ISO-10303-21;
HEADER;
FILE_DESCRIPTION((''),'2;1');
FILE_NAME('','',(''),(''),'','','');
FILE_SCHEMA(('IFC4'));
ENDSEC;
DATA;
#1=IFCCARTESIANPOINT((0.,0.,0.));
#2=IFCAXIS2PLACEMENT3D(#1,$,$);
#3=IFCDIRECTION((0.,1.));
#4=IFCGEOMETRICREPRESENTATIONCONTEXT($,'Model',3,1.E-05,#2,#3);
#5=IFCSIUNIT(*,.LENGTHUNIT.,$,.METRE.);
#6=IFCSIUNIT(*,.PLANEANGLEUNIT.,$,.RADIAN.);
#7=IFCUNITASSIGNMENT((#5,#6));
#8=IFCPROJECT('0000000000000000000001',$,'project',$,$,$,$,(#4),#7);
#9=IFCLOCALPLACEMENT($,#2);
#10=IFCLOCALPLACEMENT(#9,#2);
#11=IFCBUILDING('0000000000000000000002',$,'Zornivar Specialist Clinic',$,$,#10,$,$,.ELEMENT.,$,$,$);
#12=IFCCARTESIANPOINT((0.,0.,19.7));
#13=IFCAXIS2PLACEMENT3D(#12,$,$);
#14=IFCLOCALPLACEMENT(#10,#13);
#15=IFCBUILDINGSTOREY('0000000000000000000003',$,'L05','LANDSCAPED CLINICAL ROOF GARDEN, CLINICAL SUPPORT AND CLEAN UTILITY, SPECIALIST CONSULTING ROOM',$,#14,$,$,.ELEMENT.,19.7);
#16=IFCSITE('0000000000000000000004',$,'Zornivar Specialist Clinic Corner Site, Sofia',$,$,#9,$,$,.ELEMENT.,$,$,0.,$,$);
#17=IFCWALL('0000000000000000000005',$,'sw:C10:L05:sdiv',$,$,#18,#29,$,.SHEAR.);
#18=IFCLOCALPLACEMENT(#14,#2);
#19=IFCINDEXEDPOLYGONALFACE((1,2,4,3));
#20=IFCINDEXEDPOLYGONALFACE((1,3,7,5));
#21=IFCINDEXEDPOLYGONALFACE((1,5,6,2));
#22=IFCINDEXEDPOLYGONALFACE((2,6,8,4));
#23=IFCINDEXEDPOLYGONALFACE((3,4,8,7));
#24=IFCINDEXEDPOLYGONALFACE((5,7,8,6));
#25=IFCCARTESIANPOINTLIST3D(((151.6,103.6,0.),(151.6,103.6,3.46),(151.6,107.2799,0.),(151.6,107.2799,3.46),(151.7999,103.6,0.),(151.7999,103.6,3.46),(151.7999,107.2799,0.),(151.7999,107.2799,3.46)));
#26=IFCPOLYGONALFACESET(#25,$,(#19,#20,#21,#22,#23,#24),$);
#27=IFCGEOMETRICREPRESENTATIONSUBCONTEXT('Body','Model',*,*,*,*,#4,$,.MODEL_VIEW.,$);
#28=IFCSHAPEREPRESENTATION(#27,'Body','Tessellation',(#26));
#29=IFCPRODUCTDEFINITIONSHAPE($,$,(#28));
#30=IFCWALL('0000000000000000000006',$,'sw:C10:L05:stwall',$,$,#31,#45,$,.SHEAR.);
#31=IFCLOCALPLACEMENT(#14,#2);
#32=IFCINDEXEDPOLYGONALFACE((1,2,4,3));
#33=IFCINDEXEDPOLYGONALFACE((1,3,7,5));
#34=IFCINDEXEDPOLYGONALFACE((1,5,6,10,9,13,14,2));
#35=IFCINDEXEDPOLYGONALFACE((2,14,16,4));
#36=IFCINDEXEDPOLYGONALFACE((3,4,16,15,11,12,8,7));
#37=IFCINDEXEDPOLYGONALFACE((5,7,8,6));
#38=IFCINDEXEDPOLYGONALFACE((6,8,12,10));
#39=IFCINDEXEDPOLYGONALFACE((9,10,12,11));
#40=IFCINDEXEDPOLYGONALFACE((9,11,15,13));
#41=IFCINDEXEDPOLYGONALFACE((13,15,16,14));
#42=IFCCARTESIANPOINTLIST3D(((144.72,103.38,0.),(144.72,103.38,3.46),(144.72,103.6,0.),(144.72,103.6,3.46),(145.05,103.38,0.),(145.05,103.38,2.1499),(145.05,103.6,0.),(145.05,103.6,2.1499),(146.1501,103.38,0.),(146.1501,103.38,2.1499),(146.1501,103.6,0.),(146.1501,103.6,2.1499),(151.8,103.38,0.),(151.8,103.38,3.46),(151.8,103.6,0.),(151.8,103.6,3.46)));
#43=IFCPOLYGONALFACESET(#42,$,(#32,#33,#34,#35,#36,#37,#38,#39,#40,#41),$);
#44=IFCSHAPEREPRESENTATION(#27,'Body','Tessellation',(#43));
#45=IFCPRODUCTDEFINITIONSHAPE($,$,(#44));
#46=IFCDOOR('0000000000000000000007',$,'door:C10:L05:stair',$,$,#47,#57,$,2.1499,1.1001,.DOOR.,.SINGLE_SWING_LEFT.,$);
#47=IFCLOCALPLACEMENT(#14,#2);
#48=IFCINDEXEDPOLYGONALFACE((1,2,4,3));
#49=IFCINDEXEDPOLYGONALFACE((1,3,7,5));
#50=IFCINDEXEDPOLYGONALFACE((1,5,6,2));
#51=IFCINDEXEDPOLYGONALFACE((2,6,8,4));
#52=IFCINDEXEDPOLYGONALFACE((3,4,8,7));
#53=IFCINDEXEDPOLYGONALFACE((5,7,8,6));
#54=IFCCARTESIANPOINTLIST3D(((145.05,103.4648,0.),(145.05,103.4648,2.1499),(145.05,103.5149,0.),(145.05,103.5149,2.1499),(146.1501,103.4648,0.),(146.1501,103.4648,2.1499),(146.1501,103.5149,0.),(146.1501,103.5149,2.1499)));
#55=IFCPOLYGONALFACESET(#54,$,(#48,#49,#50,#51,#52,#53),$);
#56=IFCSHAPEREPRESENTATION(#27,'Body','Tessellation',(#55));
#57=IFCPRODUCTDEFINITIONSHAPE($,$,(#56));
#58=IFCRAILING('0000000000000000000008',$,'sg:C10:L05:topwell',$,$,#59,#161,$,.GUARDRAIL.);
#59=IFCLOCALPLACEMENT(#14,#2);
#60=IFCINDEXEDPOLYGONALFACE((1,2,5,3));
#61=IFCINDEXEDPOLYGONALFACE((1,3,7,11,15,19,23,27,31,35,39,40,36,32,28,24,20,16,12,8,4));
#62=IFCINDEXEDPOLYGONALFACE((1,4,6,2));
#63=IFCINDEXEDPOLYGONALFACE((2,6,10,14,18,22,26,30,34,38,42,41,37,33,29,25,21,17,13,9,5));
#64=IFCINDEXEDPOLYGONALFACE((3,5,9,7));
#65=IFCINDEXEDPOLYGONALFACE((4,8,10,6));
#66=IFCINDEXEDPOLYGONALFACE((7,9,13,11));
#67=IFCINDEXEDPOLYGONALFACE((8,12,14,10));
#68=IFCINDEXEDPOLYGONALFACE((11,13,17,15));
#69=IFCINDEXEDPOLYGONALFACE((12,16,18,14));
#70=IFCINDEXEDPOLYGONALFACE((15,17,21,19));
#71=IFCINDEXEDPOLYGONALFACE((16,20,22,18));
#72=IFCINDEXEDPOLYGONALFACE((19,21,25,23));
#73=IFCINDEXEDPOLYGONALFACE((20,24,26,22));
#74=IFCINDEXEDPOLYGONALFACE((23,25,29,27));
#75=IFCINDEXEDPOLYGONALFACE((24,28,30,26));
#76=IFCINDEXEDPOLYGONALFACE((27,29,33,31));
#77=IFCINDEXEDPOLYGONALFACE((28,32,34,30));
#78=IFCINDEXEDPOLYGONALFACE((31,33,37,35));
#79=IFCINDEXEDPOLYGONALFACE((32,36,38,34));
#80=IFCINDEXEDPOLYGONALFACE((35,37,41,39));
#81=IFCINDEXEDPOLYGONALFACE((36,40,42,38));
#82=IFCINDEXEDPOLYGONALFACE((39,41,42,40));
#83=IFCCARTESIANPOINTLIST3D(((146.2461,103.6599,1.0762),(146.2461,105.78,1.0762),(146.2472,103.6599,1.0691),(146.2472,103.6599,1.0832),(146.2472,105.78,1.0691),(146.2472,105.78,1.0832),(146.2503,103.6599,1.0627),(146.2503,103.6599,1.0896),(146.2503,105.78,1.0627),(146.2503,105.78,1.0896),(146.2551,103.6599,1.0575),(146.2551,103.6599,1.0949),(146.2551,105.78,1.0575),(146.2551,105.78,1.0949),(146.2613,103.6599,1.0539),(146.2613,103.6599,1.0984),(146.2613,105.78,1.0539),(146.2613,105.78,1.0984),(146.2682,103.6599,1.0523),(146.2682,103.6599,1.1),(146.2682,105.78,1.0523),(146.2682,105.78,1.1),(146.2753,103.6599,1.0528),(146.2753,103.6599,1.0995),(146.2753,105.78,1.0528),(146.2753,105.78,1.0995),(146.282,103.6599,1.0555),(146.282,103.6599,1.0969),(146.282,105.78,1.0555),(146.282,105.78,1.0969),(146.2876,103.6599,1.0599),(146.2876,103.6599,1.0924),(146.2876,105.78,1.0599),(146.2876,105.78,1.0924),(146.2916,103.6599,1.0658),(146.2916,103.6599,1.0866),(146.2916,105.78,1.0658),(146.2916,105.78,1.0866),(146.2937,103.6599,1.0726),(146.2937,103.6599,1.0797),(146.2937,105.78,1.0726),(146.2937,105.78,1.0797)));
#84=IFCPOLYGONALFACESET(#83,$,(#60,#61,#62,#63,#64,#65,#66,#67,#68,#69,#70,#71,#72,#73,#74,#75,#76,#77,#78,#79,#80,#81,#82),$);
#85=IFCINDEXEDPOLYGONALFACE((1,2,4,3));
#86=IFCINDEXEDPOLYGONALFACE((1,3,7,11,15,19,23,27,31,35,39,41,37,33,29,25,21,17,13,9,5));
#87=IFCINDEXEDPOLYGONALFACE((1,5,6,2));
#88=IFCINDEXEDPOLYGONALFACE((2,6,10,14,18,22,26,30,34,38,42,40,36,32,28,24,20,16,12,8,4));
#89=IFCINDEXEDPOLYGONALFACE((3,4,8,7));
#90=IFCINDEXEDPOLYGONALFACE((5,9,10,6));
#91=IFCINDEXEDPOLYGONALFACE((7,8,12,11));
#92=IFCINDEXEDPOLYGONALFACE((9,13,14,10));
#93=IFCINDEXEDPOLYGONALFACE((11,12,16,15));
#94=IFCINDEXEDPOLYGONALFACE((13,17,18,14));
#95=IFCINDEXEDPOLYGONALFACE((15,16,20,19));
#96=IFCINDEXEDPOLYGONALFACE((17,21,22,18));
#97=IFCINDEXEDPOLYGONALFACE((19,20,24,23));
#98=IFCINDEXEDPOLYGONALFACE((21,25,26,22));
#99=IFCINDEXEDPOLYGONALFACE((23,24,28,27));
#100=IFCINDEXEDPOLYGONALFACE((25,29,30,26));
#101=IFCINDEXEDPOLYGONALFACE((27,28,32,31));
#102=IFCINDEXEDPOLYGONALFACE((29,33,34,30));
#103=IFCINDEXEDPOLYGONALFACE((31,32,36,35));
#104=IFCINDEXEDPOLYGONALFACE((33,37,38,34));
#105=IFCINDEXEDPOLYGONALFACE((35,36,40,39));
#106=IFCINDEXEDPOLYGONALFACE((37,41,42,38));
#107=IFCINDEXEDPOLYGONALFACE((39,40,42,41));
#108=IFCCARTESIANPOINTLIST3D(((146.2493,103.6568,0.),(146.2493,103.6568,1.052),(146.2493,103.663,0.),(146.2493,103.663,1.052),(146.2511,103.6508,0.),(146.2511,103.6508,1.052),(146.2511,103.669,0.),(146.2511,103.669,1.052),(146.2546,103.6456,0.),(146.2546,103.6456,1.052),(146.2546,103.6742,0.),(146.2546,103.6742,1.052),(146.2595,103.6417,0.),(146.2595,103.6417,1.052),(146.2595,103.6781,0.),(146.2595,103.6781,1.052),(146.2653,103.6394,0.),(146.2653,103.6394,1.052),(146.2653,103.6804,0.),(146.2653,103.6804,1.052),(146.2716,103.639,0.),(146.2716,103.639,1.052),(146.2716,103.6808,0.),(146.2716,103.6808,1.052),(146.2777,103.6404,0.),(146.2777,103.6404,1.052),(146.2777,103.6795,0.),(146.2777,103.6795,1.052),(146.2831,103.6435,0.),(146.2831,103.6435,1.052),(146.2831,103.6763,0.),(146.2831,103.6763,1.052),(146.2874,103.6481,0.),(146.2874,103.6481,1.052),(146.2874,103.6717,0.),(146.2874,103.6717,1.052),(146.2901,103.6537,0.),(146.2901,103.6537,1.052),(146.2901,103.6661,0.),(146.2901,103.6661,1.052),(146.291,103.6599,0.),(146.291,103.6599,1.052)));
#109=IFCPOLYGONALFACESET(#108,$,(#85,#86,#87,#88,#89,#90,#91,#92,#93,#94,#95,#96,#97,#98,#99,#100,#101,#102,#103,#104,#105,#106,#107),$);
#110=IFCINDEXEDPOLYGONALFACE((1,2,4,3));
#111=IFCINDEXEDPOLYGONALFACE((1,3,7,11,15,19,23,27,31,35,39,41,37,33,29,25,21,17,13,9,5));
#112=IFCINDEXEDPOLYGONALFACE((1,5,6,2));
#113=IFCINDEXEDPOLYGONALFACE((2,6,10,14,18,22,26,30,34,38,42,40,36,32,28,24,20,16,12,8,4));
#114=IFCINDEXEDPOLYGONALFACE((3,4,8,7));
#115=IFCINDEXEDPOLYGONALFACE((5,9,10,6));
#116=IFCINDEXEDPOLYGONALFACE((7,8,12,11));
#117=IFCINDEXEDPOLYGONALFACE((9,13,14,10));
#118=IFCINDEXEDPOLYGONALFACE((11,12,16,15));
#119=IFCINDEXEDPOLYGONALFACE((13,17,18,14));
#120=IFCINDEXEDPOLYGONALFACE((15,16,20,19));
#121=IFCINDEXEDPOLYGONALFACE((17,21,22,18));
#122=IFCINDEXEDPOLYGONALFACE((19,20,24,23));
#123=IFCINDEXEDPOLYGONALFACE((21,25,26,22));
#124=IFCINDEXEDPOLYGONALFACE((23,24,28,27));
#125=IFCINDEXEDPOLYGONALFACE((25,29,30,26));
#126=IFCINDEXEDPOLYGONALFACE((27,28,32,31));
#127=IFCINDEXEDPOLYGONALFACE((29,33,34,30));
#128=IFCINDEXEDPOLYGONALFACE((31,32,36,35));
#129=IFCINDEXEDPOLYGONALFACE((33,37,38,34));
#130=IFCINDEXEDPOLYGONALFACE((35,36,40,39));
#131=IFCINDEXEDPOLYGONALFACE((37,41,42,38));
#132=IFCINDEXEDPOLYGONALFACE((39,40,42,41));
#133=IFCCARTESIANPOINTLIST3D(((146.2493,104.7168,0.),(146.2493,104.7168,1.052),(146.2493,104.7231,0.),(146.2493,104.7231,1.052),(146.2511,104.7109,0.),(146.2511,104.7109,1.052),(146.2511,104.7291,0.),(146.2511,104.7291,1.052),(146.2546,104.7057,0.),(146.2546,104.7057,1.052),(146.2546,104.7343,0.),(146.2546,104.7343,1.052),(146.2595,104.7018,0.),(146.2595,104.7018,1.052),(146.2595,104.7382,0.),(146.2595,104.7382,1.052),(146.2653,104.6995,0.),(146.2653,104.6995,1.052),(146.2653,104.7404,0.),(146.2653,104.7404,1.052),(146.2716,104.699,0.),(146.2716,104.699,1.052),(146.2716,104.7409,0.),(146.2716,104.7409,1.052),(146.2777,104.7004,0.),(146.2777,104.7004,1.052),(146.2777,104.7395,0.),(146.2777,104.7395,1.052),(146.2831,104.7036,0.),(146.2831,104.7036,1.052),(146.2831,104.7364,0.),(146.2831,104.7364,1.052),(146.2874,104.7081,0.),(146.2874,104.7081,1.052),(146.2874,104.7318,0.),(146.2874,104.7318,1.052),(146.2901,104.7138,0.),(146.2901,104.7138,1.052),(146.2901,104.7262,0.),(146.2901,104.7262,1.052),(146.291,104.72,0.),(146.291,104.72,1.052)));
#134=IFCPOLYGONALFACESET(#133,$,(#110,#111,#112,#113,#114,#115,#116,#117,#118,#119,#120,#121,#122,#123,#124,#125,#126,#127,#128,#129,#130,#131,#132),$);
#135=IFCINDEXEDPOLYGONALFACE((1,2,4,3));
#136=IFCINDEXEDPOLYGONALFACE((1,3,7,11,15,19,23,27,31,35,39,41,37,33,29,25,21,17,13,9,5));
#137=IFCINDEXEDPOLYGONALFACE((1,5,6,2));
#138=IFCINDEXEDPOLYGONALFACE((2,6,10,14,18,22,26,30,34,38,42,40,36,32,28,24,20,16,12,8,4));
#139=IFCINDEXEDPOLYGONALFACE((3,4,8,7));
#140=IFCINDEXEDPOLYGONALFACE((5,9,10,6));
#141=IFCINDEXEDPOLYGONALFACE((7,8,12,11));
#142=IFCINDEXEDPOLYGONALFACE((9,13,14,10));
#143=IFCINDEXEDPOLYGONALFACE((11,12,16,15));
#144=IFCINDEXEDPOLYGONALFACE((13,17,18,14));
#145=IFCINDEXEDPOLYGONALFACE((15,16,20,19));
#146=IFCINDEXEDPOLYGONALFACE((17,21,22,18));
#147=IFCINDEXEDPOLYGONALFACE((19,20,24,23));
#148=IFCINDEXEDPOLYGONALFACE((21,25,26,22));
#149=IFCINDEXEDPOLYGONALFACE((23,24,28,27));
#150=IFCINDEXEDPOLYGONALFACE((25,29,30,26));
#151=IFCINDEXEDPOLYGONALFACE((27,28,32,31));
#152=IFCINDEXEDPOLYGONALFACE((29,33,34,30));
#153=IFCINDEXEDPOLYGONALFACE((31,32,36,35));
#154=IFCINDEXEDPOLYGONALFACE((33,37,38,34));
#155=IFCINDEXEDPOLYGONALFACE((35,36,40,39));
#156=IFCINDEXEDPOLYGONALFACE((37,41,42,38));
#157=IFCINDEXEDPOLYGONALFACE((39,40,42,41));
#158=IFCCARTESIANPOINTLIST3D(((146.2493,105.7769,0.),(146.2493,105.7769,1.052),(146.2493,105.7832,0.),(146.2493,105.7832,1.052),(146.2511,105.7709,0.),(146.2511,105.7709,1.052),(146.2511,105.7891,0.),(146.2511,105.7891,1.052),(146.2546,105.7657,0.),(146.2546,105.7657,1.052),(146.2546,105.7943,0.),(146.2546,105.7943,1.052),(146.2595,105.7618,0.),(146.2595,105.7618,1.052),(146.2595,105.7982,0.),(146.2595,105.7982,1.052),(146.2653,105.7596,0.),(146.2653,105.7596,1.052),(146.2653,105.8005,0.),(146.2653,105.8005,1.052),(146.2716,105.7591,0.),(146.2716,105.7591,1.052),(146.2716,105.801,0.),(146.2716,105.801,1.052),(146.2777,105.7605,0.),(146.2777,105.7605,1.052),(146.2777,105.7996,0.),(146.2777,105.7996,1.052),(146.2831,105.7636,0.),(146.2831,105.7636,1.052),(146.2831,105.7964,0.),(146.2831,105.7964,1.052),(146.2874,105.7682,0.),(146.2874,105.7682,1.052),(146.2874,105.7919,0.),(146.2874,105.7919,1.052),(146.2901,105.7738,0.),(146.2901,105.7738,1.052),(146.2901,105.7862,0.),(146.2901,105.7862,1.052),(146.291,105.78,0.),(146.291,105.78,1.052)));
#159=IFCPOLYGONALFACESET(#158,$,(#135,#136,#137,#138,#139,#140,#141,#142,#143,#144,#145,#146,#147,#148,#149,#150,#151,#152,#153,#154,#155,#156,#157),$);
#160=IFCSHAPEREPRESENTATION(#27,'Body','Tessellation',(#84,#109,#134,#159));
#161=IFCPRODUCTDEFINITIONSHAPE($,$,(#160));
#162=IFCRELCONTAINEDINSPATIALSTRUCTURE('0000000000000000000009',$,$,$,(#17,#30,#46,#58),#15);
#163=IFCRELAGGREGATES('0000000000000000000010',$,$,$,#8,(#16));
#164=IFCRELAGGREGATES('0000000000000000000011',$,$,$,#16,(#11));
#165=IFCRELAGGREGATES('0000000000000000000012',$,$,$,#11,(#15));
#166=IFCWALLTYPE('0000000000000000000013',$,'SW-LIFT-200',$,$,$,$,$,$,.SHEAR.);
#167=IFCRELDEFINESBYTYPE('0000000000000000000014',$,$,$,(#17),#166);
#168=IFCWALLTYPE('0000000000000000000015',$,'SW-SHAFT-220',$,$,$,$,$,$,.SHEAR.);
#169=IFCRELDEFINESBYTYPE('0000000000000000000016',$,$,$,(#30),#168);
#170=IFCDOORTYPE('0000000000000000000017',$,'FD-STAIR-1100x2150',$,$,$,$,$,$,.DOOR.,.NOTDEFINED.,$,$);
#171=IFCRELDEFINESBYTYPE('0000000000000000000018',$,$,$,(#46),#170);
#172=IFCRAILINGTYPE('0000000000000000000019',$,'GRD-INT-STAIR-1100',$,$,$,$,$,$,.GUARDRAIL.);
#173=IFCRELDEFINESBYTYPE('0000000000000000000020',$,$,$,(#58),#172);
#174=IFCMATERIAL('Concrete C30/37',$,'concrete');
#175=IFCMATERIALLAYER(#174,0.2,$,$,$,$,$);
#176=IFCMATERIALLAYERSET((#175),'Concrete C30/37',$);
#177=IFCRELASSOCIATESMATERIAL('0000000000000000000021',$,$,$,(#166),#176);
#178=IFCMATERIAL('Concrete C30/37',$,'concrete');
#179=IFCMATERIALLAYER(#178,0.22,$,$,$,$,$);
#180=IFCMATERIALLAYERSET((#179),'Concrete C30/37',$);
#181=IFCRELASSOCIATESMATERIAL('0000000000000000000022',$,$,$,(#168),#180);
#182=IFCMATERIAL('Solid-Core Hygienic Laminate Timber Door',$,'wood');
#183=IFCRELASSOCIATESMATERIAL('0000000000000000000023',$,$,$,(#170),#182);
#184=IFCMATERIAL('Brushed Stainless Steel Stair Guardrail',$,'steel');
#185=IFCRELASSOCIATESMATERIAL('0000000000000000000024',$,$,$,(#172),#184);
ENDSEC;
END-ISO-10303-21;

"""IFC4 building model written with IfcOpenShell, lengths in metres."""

from ifc_helpers import new_model, si_unit, direction, frame, frame_2d, origin, origin_2d, place, context, subcontext, project, spatial, rectangle, circle, extrude, material, layer, layer_set, type_object, element, fill, save


model = new_model("IFC4")

# Units and contexts
model_context = context("Model", 3, precision=1e-05, world=origin(), true_north=direction((0.0, 1.0)))
body_context = subcontext(model_context, "Body", "Model", "MODEL_VIEW")
ifc_project = project(units=[si_unit("LENGTHUNIT", "METRE"), si_unit("PLANEANGLEUNIT", "RADIAN")], contexts=[model_context])

# Site, building, storey
site_placement = place(None, origin())
site = spatial("IfcSite", under=ifc_project, at=site_placement, Name="Zornivar Specialist Clinic Corner Site, Sofia", CompositionType="ELEMENT", RefElevation=0.0)
building_placement = place(site_placement, origin())
building = spatial("IfcBuilding", under=site, at=building_placement, Name="Zornivar Specialist Clinic", CompositionType="ELEMENT")
storey_placement = place(building_placement, frame((0.0, 0.0, 19.7)))
storey = spatial("IfcBuildingStorey", under=building, at=storey_placement, Name="L05", Description="LANDSCAPED CLINICAL ROOF GARDEN, CLINICAL SUPPORT AND CLEAN UTILITY, SPECIALIST CONSULTING ROOM", CompositionType="ELEMENT", Elevation=19.7)

# Wall
ifc_material_1 = material(Name="Concrete C30/37", Category="concrete")
ifc_layer_1 = layer(ifc_material_1, 0.2)
ifc_layer_set_1 = layer_set([ifc_layer_1], Name="Concrete C30/37")
wall_type_1 = type_object("IfcWallType", Name="SW-LIFT-200", PredefinedType="SHEAR", material=ifc_layer_set_1)
wall_1_placement = place(storey_placement, frame((151.7, 103.6001, 0.0), z_axis=(0.0, 0.0, 1.0), x_axis=(0.0, 1.0, 0.0)))
element("IfcWall", 1, at=wall_1_placement, inside=storey, type_object=wall_type_1, Name="sw:C10:L05:sdiv", PredefinedType="SHEAR", context=body_context, shape_type="SweptSolid", body=[
    extrude(rectangle(XDim=3.6799, YDim=0.2, at=frame_2d((1.8398, 0.0))), origin(), (0.0, 0.0, 1.0), 3.46),
])

# Wall, opening, door
ifc_material_2 = material(Name="Concrete C30/37", Category="concrete")
ifc_layer_2 = layer(ifc_material_2, 0.22)
ifc_layer_set_2 = layer_set([ifc_layer_2], Name="Concrete C30/37")
wall_type_2 = type_object("IfcWallType", Name="SW-SHAFT-220", PredefinedType="SHEAR", material=ifc_layer_set_2)
wall_2_placement = place(storey_placement, frame((144.72, 103.49, 0.0), z_axis=(0.0, 0.0, 1.0), x_axis=(1.0, 0.0, 0.0)))
wall_2 = element("IfcWall", 2, at=wall_2_placement, inside=storey, type_object=wall_type_2, Name="sw:C10:L05:stwall", PredefinedType="SHEAR", context=body_context, shape_type="SweptSolid", body=[
    extrude(rectangle(XDim=7.0801, YDim=0.22, at=frame_2d((3.54, 0.0))), origin(), (0.0, 0.0, 1.0), 3.46),
])
opening_1_placement = place(wall_2_placement, frame((0.3301, 0.0, 0.0)))
opening_1 = element("IfcOpeningElement", 3, at=opening_1_placement, cuts=wall_2, PredefinedType="OPENING", context=body_context, shape_type="SweptSolid", body=[
    extrude(rectangle(XDim=1.1001, YDim=2.1499, at=frame_2d((0.55, 1.075))), frame((0.0, 0.1199, 0.0), z_axis=(0.0, -1.0, 0.0), x_axis=(1.0, 0.0, 0.0)), (0.0, 0.0, 1.0), 0.24),
])
ifc_material_3 = material(Name="Solid-Core Hygienic Laminate Timber Door", Category="wood")
door_type_1 = type_object("IfcDoorType", Name="FD-STAIR-1100x2150", OperationType="NOTDEFINED", PredefinedType="DOOR", material=ifc_material_3)
door_1_placement = place(opening_1_placement, origin())
door_1 = element("IfcDoor", 4, at=door_1_placement, inside=storey, type_object=door_type_1, Name="door:C10:L05:stair", OperationType="SINGLE_SWING_LEFT", OverallHeight=2.1499, OverallWidth=1.1001, PredefinedType="DOOR", context=body_context, shape_type="SweptSolid", body=[
    extrude(rectangle(XDim=1.1001, YDim=2.1499, at=frame_2d((0.55, 1.075))), frame((0.0, 0.0249, 0.0), z_axis=(0.0, -1.0, 0.0), x_axis=(1.0, 0.0, 0.0)), (0.0, 0.0, 1.0), 0.05),
])
fill(opening_1, door_1)

# Railing
ifc_material_4 = material(Name="Brushed Stainless Steel Stair Guardrail", Category="steel")
railing_type = type_object("IfcRailingType", Name="GRD-INT-STAIR-1100", PredefinedType="GUARDRAIL", material=ifc_material_4)
railing_placement = place(storey_placement, frame((146.27, 103.6599, 0.0)))
element("IfcRailing", 5, at=railing_placement, inside=storey, type_object=railing_type, Name="sg:C10:L05:topwell", PredefinedType="GUARDRAIL", context=body_context, shape_type="SweptSolid", body=[
    extrude(circle(Radius=0.0239, at=origin_2d()), frame((0.0, 0.0, 1.0762), z_axis=(0.0, 1.0, 0.0), x_axis=(-1.0, 0.0, 0.0)), (0.0, 0.0, 1.0), 2.1201),
    extrude(circle(Radius=0.021, at=origin_2d()), origin(), (0.0, 0.0, 1.0), 1.052),
    extrude(circle(Radius=0.021, at=origin_2d()), frame((0.0, 1.0601, 0.0)), (0.0, 0.0, 1.0), 1.052),
    extrude(circle(Radius=0.021, at=origin_2d()), frame((0.0, 2.1201, 0.0)), (0.0, 0.0, 1.0), 1.052),
])

save(model, "model.ifc")
